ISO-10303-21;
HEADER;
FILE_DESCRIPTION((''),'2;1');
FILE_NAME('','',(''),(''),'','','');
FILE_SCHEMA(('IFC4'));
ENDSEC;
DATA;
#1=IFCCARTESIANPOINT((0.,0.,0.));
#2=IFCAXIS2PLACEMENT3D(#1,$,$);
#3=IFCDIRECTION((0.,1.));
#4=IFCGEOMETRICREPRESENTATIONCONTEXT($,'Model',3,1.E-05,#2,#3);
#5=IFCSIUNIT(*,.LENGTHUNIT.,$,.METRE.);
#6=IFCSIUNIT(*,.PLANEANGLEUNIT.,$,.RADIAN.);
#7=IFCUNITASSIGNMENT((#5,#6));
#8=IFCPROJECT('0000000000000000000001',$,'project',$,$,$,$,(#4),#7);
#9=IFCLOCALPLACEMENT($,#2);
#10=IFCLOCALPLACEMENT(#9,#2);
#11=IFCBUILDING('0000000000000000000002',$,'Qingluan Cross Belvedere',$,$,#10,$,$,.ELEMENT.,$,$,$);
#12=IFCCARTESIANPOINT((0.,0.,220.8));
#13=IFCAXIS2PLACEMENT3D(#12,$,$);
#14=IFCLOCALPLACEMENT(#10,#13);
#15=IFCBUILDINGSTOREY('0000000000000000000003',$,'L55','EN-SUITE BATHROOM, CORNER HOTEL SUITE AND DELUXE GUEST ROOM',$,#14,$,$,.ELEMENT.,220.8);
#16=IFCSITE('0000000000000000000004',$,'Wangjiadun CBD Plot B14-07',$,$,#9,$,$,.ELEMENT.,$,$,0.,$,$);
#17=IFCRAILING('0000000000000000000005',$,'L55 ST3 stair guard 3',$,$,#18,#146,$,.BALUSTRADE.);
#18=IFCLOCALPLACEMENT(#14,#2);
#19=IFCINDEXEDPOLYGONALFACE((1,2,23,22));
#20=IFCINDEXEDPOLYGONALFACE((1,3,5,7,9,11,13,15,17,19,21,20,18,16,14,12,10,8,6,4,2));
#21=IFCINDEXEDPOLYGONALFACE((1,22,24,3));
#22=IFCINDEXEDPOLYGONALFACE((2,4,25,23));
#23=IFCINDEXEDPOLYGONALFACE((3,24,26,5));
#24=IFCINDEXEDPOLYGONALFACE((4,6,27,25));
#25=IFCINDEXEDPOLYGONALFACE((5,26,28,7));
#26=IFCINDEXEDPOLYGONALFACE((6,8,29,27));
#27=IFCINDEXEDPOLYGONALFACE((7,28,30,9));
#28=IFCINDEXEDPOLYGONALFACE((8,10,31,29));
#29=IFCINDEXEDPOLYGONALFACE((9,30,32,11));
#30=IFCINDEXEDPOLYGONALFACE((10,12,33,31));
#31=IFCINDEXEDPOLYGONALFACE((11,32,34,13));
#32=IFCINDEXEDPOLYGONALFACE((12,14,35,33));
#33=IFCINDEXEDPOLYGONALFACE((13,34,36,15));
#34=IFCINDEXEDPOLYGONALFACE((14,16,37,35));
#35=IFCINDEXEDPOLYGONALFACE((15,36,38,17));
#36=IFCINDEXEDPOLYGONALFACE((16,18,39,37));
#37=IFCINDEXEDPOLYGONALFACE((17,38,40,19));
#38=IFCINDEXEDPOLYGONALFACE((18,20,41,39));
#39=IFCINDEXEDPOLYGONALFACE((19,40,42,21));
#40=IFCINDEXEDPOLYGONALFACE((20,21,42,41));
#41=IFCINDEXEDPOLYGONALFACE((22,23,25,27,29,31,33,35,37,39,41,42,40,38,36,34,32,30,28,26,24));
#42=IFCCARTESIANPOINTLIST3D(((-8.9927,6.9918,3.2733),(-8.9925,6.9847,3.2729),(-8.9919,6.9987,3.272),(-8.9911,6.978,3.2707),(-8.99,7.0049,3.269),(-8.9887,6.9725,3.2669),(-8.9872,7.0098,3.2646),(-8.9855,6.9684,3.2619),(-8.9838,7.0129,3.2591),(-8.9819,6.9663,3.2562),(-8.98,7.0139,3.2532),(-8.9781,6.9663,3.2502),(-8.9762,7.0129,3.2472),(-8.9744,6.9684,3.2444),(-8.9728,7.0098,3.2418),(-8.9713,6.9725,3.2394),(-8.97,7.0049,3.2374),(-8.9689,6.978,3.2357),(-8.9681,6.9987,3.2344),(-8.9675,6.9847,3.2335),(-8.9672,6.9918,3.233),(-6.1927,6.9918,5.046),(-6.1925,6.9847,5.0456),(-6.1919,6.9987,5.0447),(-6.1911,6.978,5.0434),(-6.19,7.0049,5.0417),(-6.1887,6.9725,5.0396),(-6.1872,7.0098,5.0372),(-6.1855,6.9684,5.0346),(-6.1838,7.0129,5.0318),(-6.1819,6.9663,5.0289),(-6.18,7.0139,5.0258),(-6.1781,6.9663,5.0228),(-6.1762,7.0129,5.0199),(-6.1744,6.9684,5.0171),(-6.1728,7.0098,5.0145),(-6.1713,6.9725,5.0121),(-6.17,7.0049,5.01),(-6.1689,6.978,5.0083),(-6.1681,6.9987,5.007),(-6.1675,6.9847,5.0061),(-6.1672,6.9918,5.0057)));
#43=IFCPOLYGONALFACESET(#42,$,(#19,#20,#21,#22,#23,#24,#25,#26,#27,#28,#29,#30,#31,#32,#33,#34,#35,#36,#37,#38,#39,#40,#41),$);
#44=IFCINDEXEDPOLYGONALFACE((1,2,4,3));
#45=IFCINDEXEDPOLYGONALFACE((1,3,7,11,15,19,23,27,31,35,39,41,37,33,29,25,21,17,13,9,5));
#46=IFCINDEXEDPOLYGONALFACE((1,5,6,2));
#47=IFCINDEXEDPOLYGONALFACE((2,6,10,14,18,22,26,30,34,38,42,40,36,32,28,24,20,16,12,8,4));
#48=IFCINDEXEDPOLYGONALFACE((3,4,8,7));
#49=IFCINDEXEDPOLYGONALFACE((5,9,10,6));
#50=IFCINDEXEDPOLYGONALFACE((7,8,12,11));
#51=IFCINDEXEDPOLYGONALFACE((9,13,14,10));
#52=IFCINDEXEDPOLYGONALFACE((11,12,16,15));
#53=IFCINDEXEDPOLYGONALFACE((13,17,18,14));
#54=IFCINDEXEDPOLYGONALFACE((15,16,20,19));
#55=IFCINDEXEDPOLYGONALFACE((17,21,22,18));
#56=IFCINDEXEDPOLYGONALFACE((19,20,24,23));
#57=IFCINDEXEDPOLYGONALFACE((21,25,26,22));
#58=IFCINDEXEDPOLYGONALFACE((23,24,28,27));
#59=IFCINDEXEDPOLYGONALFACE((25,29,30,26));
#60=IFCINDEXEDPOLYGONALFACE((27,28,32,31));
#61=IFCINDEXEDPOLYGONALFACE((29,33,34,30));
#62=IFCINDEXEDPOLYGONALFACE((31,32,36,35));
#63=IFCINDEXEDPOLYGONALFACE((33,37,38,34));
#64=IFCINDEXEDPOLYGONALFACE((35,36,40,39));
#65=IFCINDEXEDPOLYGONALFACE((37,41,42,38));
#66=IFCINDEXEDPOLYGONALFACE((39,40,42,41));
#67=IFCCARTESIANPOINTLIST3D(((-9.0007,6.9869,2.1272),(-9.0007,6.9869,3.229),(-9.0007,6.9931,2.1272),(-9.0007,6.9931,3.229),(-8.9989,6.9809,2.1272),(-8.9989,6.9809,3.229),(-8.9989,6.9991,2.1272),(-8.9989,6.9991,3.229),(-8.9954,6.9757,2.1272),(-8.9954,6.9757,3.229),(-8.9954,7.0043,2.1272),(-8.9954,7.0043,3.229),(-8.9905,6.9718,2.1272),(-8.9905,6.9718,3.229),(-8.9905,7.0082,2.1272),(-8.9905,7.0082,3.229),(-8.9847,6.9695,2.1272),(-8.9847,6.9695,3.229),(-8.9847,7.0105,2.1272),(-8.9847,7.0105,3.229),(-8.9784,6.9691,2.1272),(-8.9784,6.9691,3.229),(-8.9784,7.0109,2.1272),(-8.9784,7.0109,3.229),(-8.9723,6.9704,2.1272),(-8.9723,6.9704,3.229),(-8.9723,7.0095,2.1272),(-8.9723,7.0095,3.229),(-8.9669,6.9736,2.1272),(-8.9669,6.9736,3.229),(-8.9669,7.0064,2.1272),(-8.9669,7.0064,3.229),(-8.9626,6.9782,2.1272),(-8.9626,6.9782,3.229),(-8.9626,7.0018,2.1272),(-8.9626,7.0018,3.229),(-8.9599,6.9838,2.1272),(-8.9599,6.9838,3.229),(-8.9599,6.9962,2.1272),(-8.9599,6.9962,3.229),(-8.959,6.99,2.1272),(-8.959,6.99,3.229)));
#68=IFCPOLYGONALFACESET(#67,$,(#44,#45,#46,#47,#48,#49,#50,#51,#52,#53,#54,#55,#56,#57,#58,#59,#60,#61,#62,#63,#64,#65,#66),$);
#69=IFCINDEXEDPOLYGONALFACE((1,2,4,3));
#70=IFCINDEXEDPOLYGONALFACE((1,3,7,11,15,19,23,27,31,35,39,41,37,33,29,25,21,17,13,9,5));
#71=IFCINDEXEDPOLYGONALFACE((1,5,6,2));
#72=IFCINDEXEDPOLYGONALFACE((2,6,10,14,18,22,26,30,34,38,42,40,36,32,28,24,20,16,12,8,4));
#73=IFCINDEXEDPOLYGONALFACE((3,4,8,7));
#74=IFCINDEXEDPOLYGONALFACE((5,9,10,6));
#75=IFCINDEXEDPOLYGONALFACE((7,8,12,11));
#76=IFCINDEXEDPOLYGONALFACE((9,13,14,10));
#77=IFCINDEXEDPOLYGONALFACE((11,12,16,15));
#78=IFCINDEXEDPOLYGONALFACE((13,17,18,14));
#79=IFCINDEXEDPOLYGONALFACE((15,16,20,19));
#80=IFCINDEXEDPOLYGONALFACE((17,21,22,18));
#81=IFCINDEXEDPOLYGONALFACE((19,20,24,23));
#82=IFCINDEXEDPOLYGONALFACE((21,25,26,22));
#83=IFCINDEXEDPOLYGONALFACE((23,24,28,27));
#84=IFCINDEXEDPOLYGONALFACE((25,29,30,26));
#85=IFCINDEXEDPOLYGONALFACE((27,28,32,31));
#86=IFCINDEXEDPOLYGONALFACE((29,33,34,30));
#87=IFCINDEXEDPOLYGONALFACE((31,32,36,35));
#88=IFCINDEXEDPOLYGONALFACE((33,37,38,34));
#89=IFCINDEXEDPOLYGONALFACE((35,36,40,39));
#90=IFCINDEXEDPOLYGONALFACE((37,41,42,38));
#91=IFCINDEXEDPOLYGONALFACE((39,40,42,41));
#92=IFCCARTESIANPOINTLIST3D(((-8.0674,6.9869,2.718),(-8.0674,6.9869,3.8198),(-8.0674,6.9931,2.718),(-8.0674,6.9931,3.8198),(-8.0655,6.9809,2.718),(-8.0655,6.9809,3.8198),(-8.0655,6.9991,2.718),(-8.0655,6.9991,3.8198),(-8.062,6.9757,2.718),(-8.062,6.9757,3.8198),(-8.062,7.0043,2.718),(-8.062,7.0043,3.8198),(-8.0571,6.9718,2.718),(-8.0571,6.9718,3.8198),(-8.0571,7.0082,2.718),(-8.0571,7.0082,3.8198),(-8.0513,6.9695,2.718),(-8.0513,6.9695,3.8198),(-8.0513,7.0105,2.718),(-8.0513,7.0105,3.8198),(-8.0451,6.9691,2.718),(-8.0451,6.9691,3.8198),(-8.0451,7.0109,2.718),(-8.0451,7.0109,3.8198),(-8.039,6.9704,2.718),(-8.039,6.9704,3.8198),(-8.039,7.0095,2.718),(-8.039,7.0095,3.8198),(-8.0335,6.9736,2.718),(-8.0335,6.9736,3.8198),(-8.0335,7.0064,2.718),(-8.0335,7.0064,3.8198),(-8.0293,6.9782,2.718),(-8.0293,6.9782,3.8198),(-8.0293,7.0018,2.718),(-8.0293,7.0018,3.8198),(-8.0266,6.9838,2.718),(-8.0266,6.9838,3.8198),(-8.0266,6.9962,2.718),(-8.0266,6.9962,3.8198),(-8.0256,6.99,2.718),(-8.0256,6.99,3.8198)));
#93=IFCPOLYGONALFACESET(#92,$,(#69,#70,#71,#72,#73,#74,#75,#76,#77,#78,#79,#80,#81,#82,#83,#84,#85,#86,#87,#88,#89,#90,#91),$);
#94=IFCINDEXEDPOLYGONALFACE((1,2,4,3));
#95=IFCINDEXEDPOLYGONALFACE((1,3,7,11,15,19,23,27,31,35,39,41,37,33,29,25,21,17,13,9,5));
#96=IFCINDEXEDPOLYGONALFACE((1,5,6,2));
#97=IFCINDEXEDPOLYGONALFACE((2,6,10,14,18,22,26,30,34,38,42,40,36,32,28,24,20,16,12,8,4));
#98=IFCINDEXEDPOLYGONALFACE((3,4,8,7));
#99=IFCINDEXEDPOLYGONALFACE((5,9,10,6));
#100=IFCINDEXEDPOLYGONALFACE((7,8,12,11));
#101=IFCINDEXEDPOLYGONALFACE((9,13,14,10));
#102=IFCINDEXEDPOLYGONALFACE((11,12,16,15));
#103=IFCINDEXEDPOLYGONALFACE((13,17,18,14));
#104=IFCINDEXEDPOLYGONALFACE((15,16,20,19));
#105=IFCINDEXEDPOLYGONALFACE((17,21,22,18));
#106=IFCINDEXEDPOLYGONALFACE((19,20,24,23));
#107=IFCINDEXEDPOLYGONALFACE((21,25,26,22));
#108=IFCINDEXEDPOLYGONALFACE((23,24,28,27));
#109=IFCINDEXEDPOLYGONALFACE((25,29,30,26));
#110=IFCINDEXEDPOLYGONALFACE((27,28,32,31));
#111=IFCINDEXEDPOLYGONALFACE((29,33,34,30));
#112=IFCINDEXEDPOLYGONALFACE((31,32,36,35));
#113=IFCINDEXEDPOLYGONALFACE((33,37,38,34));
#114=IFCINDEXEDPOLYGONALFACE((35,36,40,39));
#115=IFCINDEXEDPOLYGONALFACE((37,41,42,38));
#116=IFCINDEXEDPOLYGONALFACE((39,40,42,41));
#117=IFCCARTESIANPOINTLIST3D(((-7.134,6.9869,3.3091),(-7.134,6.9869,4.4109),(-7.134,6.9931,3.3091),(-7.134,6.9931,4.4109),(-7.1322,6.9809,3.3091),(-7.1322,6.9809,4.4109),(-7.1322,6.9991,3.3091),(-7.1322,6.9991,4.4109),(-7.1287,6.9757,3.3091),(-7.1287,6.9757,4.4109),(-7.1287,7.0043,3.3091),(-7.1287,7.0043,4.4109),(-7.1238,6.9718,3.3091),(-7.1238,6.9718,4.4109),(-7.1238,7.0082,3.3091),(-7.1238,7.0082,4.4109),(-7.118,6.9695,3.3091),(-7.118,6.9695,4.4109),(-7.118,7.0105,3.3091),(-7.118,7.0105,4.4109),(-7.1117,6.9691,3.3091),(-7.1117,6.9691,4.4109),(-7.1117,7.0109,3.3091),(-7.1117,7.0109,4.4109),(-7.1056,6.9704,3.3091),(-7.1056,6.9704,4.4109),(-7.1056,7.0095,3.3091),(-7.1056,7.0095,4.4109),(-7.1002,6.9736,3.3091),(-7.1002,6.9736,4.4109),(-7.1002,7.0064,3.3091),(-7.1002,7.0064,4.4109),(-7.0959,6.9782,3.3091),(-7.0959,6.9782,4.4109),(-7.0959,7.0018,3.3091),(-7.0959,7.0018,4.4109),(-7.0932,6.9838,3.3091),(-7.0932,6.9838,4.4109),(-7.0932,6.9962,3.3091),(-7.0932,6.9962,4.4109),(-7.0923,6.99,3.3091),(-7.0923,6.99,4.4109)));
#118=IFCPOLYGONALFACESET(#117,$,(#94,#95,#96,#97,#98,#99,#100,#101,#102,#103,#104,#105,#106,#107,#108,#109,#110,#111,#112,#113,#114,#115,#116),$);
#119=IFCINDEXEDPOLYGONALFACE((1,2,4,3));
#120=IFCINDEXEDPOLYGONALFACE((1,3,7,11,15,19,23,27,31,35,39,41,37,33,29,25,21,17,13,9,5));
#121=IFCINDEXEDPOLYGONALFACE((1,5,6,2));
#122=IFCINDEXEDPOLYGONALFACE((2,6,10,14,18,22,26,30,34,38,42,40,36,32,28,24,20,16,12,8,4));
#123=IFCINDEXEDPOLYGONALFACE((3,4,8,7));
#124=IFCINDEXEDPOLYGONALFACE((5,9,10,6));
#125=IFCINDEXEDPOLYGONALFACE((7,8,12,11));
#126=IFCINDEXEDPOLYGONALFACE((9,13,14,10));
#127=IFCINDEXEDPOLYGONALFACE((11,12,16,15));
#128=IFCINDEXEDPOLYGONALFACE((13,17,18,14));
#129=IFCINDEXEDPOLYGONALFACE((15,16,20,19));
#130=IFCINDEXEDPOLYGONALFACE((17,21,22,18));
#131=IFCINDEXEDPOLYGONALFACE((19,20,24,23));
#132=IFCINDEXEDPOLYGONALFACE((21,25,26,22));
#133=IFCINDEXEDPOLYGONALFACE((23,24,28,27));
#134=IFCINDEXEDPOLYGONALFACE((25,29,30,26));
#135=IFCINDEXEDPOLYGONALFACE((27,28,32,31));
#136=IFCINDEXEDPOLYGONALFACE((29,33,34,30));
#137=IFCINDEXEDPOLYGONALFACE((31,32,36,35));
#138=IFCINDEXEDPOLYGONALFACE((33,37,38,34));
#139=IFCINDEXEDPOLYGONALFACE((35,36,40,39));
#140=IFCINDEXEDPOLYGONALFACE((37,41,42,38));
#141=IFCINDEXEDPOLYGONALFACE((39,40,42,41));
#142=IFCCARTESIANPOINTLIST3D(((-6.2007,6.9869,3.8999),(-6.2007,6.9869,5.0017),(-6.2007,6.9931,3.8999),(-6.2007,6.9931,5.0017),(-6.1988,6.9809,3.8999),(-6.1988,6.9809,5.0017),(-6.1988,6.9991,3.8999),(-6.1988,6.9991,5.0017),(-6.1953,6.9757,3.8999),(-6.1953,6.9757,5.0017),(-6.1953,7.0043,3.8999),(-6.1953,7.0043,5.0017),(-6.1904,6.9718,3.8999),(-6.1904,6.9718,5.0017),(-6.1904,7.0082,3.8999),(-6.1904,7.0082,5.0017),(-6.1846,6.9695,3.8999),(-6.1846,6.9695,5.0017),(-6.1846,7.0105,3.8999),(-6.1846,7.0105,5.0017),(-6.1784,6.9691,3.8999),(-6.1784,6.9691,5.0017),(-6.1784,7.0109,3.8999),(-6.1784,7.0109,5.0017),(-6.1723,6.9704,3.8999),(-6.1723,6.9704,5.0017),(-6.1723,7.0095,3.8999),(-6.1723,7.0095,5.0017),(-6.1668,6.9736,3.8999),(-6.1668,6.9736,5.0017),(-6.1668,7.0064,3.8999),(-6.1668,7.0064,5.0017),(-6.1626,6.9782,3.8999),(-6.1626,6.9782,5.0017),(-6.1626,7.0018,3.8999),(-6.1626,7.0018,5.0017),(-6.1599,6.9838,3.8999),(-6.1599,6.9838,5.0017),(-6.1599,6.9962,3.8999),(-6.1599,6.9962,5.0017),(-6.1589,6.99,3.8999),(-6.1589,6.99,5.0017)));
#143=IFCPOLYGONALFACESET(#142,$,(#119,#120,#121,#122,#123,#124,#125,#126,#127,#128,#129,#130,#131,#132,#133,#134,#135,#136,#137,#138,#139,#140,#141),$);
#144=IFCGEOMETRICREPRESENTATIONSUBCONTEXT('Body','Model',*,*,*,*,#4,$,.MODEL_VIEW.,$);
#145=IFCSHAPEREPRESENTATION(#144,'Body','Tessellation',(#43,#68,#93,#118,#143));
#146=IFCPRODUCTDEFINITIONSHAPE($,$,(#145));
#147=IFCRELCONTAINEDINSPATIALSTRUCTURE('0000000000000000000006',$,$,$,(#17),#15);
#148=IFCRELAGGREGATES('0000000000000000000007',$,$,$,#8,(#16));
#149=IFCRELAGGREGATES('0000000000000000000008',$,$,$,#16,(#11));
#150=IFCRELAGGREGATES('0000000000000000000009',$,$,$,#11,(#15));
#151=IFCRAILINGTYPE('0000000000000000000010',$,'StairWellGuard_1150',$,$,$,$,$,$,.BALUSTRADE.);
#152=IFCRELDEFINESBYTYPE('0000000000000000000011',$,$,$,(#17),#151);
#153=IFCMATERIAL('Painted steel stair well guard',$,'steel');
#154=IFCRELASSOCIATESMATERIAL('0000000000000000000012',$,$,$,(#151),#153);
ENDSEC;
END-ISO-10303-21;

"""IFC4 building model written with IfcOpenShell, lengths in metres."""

from ifc_helpers import new_model, si_unit, direction, frame, origin, origin_2d, place, context, subcontext, project, spatial, circle, extrude, material, type_object, element, save


model = new_model("IFC4")

# Units and contexts
model_context = context("Model", 3, precision=1e-05, world=origin(), true_north=direction((0.0, 1.0)))
body_context = subcontext(model_context, "Body", "Model", "MODEL_VIEW")
ifc_project = project(units=[si_unit("LENGTHUNIT", "METRE"), si_unit("PLANEANGLEUNIT", "RADIAN")], contexts=[model_context])

# Site, building, storey
site_placement = place(None, origin())
site = spatial("IfcSite", under=ifc_project, at=site_placement, Name="Wangjiadun CBD Plot B14-07", CompositionType="ELEMENT", RefElevation=0.0)
building_placement = place(site_placement, origin())
building = spatial("IfcBuilding", under=site, at=building_placement, Name="Qingluan Cross Belvedere", CompositionType="ELEMENT")
storey_placement = place(building_placement, frame((0.0, 0.0, 220.8)))
storey = spatial("IfcBuildingStorey", under=building, at=storey_placement, Name="L55", Description="EN-SUITE BATHROOM, CORNER HOTEL SUITE AND DELUXE GUEST ROOM", CompositionType="ELEMENT", Elevation=220.8)

# Railing
ifc_material_1 = material(Name="Painted steel stair well guard", Category="steel")
railing_type_1 = type_object("IfcRailingType", Name="StairWellGuard_1150", PredefinedType="BALUSTRADE", material=ifc_material_1)
railing_1_placement = place(storey_placement, frame((-8.98, 6.99, 2.1272)))
element("IfcRailing", 1, at=railing_1_placement, inside=storey, type_object=railing_type_1, Name="L55 ST3 stair guard 3", PredefinedType="BALUSTRADE", context=body_context, shape_type="SweptSolid", body=[
    extrude(circle(Radius=0.0239, at=origin_2d()), frame((0.0, 0.0, 1.126), z_axis=(0.844909, 0.0, 0.53491), x_axis=(0.0, 1.0, 0.0)), (0.0, 0.0, 1.0), 3.314),
    extrude(circle(Radius=0.021, at=origin_2d()), origin(), (0.0, 0.0, 1.0), 1.1018),
    extrude(circle(Radius=0.021, at=origin_2d()), frame((0.9333, 0.0, 0.5908)), (0.0, 0.0, 1.0), 1.1018),
    extrude(circle(Radius=0.021, at=origin_2d()), frame((1.8667, 0.0, 1.1819)), (0.0, 0.0, 1.0), 1.1018),
    extrude(circle(Radius=0.021, at=origin_2d()), frame((2.8, 0.0, 1.7727)), (0.0, 0.0, 1.0), 1.1018),
])

save(model, "model.ifc")
